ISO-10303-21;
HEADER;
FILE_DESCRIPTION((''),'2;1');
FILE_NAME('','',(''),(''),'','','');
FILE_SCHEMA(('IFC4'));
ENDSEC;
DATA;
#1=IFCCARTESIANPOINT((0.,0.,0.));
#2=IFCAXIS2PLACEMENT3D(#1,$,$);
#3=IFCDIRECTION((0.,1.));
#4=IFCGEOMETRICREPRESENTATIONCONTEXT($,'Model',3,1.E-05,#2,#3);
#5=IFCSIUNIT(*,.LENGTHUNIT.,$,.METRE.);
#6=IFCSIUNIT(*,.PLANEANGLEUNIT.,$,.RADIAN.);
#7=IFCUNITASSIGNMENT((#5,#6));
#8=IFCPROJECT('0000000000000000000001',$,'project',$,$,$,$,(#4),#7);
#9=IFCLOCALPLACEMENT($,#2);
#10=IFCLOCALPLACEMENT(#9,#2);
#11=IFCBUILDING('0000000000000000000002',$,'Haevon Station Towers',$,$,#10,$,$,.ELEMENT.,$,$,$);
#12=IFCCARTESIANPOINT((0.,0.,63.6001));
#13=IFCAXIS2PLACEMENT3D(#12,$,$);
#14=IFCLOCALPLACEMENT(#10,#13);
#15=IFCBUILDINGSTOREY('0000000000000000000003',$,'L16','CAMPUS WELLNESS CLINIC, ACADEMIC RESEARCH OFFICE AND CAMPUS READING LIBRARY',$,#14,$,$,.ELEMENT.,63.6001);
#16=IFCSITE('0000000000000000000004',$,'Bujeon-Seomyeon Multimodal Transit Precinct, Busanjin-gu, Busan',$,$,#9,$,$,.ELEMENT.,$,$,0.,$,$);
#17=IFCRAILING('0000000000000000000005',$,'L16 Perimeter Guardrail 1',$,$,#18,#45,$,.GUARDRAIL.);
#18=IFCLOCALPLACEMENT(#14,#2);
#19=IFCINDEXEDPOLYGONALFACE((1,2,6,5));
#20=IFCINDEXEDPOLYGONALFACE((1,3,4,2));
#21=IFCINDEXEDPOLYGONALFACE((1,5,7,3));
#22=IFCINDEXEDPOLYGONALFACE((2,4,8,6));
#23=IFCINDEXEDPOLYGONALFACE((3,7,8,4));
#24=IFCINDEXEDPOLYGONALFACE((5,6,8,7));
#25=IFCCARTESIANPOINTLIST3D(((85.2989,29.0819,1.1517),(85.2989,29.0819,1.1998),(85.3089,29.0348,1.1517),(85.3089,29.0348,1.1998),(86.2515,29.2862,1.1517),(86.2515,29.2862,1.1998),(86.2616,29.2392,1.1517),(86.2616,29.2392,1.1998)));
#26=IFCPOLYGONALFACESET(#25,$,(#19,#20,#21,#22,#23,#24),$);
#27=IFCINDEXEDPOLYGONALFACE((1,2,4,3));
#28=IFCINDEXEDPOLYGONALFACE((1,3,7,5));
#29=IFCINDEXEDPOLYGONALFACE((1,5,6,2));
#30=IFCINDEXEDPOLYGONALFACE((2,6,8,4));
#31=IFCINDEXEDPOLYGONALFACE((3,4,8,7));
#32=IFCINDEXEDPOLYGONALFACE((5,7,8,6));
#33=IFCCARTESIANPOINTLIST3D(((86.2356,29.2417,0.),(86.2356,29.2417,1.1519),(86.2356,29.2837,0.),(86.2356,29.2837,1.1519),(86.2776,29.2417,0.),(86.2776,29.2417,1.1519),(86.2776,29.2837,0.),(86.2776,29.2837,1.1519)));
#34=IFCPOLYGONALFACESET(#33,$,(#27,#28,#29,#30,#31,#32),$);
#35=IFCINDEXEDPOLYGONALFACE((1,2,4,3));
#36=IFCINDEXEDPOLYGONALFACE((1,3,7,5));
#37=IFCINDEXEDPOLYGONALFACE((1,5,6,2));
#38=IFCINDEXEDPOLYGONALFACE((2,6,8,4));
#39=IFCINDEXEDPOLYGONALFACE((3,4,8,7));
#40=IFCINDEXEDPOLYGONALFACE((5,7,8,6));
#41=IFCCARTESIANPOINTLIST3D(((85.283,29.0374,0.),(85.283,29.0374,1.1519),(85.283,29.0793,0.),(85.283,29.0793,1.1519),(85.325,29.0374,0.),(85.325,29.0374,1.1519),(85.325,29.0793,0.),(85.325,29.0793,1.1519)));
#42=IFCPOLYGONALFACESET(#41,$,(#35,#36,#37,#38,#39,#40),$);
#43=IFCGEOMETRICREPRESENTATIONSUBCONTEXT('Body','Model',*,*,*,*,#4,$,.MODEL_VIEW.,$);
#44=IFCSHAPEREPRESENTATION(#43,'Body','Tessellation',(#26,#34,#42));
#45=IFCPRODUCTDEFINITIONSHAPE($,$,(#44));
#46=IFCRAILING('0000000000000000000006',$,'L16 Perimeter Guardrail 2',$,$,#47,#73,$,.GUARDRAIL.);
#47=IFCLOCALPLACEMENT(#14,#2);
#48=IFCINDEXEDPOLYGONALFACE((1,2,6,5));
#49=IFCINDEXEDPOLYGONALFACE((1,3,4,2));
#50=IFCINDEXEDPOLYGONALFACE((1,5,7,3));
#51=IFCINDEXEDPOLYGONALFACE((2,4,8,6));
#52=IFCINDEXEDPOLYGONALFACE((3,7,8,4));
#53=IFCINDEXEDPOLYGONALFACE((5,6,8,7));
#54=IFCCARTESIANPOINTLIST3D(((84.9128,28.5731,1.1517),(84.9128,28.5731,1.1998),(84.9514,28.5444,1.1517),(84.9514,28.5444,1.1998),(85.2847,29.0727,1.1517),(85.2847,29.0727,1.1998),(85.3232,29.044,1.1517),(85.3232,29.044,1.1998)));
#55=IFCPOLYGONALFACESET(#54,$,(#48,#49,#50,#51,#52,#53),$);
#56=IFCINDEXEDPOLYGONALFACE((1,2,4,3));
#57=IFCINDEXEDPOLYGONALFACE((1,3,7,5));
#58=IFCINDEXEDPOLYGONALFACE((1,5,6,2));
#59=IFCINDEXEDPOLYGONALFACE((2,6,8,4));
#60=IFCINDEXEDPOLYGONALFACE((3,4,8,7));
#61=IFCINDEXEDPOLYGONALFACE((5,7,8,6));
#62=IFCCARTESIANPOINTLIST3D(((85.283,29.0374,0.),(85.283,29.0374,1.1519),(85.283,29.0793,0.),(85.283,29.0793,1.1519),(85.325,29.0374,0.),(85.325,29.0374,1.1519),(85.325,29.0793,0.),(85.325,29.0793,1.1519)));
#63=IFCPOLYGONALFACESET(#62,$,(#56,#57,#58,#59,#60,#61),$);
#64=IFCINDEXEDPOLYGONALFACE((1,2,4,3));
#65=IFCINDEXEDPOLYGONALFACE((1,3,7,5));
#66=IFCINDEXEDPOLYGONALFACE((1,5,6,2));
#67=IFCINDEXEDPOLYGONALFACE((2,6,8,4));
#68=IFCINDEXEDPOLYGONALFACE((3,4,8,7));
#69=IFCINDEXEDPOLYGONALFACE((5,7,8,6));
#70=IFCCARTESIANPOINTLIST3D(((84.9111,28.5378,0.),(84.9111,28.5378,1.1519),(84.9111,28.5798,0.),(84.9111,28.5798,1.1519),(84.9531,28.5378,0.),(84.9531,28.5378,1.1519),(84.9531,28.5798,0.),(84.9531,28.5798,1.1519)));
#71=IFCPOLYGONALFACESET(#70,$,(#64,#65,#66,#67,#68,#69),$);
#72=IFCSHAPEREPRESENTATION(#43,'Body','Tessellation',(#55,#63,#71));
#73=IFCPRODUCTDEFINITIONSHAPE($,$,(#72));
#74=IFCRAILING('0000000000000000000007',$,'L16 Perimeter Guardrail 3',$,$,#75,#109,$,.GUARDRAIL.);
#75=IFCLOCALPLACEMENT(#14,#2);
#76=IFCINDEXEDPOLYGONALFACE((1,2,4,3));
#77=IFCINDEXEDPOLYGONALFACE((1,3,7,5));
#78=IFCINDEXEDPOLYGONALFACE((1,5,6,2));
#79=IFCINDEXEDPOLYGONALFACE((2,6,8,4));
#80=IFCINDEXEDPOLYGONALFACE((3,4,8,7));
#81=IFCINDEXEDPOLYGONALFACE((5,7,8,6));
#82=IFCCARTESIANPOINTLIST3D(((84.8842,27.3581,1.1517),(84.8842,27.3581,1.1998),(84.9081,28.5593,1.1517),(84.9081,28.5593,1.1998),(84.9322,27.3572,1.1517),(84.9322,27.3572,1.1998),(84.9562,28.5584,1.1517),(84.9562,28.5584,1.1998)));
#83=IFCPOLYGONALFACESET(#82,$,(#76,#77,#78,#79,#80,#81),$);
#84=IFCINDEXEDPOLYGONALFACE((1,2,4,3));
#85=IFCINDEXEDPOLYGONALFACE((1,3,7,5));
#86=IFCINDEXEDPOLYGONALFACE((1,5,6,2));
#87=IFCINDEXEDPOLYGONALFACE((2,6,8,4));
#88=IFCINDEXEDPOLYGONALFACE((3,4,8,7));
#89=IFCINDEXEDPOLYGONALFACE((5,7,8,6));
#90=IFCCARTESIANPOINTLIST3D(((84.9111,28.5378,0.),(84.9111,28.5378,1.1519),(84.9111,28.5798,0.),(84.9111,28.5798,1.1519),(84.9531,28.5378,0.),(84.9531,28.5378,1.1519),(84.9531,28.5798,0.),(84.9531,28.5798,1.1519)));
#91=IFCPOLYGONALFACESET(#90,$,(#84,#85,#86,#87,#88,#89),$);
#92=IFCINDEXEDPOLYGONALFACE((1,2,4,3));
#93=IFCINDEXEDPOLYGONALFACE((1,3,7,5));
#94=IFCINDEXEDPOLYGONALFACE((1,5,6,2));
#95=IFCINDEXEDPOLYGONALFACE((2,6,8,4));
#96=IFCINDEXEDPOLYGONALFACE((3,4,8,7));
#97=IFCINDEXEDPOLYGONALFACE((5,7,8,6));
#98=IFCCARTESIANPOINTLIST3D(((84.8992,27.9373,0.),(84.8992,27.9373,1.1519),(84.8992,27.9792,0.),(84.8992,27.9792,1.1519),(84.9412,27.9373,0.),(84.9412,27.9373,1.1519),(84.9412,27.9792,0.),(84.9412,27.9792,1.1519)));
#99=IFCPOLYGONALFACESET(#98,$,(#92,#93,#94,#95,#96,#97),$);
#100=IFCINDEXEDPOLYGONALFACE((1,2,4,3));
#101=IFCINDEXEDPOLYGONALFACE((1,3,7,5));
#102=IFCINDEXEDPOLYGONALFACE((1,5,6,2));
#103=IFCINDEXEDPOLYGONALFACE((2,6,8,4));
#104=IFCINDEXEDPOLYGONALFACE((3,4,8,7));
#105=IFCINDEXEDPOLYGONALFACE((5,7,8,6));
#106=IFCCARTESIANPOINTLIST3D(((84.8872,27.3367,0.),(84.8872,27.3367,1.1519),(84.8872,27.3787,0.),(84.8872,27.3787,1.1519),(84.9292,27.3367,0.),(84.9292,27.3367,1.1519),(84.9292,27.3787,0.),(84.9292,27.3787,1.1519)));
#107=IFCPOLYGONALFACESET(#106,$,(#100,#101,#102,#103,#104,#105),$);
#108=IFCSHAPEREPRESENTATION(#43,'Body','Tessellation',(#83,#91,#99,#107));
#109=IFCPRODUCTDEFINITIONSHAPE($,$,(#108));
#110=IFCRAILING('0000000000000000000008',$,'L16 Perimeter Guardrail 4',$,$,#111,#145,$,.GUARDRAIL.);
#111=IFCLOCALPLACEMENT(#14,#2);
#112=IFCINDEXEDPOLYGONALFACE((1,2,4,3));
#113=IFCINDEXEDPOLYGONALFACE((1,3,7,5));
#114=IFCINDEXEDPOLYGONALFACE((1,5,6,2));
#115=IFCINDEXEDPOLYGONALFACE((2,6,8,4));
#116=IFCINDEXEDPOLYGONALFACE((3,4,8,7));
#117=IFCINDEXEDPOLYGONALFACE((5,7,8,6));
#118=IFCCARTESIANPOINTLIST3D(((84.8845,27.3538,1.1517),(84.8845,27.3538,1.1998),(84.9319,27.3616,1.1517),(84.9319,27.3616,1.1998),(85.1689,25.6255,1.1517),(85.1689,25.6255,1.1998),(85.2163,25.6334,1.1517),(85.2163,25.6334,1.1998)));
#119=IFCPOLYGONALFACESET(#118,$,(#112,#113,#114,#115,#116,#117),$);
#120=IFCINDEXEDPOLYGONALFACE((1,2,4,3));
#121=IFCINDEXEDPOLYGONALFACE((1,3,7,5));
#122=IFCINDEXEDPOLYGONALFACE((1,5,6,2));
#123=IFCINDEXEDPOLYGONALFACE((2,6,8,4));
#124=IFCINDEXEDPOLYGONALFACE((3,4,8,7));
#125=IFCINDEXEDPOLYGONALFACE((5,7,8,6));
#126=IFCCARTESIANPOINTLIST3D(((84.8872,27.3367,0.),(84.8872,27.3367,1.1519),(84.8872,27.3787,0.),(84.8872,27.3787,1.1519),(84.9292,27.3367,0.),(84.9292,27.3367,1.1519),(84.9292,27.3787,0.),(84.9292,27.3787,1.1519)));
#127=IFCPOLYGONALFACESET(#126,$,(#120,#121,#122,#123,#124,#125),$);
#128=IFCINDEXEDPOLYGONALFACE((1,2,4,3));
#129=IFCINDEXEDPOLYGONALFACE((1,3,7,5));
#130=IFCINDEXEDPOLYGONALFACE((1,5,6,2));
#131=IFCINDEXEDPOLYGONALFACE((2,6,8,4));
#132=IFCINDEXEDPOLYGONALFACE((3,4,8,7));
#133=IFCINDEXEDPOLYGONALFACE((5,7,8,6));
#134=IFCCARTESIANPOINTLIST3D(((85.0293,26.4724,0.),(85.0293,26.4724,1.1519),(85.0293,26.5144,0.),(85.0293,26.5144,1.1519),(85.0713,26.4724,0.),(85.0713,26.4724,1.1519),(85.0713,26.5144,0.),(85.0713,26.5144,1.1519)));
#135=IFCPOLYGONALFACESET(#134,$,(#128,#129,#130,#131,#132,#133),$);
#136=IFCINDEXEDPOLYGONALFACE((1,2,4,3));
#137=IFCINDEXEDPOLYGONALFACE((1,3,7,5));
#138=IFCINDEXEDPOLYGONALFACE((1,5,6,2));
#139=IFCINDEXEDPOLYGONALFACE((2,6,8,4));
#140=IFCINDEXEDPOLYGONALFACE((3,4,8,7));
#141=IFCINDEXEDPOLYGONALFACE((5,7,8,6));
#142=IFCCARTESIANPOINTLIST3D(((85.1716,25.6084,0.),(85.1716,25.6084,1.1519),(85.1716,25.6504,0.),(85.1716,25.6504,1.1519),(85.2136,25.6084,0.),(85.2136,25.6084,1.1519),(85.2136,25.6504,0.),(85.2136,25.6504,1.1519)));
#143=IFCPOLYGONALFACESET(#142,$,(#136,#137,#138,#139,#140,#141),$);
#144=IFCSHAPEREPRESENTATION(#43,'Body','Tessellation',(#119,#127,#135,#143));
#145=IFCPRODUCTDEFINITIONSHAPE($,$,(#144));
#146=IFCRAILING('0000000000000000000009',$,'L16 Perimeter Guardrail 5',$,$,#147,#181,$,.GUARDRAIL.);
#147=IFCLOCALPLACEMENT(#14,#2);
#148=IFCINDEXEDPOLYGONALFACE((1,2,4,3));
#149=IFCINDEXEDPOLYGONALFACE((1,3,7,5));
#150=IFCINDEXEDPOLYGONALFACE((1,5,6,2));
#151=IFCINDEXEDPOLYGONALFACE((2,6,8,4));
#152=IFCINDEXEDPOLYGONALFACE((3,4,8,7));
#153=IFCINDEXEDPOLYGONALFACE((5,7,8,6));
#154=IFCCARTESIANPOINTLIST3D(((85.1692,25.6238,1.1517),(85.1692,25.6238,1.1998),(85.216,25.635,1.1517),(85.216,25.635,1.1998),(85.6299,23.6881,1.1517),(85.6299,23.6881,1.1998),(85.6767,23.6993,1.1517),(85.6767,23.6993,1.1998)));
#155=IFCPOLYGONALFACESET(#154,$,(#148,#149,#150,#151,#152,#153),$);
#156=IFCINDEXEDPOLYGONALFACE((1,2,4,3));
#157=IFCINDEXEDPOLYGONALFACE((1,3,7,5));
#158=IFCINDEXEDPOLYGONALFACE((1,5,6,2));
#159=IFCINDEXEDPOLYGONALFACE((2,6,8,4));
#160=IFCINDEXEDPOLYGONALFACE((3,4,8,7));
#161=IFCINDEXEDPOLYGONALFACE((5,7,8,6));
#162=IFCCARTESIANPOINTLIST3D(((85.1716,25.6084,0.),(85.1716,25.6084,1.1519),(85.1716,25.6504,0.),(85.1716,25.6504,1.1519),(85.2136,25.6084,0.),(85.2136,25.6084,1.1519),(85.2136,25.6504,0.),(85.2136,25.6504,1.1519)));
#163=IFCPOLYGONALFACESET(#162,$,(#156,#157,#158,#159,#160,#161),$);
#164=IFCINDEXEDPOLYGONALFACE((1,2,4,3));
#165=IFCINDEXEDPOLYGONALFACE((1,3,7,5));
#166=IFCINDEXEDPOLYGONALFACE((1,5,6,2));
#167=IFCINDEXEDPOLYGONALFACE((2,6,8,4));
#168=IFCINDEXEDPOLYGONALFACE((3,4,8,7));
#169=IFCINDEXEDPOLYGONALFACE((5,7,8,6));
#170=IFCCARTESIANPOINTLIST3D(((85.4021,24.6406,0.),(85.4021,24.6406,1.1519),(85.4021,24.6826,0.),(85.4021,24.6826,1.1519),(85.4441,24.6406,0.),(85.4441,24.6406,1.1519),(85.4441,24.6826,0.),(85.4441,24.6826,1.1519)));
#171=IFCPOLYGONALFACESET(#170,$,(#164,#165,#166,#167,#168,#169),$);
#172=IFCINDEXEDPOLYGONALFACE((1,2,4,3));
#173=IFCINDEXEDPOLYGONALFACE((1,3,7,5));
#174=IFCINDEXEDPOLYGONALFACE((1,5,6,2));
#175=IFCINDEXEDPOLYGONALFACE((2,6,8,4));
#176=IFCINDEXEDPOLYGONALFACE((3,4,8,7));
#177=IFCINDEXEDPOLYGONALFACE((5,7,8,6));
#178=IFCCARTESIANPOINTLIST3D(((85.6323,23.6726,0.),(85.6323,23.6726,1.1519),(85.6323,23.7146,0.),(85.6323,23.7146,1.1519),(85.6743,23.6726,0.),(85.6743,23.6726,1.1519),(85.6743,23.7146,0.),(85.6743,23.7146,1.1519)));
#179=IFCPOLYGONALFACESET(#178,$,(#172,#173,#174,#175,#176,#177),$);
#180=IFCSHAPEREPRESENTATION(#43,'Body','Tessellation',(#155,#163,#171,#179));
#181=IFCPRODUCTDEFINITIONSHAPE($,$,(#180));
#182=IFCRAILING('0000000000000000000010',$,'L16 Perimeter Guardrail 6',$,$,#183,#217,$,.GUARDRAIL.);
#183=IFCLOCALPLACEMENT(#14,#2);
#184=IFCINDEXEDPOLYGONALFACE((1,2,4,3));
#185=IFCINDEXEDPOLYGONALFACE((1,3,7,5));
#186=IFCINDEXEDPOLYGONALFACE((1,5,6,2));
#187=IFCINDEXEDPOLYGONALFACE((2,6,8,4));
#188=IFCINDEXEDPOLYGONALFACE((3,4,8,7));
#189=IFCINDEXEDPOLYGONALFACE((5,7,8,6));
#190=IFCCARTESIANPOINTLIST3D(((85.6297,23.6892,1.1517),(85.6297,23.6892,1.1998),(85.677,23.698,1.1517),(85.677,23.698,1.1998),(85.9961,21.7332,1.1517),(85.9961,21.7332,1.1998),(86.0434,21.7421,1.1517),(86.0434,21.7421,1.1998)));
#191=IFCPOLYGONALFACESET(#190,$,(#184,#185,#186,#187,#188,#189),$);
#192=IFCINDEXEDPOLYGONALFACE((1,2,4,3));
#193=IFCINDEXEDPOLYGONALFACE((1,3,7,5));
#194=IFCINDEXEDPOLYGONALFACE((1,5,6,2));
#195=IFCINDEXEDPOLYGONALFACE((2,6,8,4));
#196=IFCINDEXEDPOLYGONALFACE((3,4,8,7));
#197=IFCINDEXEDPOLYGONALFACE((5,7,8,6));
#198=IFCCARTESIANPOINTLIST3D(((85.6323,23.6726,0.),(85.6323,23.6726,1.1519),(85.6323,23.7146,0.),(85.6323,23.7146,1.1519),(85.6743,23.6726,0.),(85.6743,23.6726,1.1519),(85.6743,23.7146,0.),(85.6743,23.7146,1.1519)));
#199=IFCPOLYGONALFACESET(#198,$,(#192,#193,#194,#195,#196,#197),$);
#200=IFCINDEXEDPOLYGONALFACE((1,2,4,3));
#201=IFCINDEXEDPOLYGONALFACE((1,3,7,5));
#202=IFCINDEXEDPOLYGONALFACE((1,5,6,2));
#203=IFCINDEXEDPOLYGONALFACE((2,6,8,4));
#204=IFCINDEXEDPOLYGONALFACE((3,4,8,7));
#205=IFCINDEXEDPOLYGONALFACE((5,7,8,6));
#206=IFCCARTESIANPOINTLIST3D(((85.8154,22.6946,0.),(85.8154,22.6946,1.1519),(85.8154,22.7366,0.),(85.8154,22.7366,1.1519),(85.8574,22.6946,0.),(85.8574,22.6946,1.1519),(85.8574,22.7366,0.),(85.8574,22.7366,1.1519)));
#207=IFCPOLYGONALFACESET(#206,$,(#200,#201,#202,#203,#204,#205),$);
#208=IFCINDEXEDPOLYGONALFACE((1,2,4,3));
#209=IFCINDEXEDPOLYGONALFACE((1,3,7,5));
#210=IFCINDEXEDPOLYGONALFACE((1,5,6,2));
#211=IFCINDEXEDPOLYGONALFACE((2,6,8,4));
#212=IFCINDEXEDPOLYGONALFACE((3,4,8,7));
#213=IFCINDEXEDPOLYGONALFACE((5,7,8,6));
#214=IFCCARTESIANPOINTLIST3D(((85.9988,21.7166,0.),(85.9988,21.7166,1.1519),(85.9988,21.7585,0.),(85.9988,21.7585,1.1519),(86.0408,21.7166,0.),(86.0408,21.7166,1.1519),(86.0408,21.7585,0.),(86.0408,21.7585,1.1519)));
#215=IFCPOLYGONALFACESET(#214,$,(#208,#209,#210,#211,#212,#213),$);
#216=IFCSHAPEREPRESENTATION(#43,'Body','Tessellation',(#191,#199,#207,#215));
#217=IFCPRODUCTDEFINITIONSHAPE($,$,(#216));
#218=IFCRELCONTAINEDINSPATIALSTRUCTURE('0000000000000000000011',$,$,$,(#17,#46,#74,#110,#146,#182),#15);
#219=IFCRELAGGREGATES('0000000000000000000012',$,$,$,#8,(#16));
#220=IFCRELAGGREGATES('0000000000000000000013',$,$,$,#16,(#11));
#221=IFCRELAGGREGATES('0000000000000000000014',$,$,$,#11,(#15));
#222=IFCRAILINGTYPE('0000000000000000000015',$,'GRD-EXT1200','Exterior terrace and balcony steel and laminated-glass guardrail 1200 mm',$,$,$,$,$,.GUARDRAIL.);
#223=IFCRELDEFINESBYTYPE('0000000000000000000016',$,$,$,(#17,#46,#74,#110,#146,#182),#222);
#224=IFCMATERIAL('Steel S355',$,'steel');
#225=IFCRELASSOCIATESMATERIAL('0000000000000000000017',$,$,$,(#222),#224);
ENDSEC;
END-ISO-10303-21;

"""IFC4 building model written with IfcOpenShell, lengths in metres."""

from ifc_helpers import new_model, si_unit, direction, frame, origin, origin_2d, place, context, subcontext, project, spatial, rectangle, extrude, material, type_object, element, save


model = new_model("IFC4")

# Units and contexts
model_context = context("Model", 3, precision=1e-05, world=origin(), true_north=direction((0.0, 1.0)))
body_context = subcontext(model_context, "Body", "Model", "MODEL_VIEW")
ifc_project = project(units=[si_unit("LENGTHUNIT", "METRE"), si_unit("PLANEANGLEUNIT", "RADIAN")], contexts=[model_context])

# Site, building, storey
site_placement = place(None, origin())
site = spatial("IfcSite", under=ifc_project, at=site_placement, Name="Bujeon-Seomyeon Multimodal Transit Precinct, Busanjin-gu, Busan", CompositionType="ELEMENT", RefElevation=0.0)
building_placement = place(site_placement, origin())
building = spatial("IfcBuilding", under=site, at=building_placement, Name="Haevon Station Towers", CompositionType="ELEMENT")
storey_placement = place(building_placement, frame((0.0, 0.0, 63.6001)))
storey = spatial("IfcBuildingStorey", under=building, at=storey_placement, Name="L16", Description="CAMPUS WELLNESS CLINIC, ACADEMIC RESEARCH OFFICE AND CAMPUS READING LIBRARY", CompositionType="ELEMENT", Elevation=63.6001)

# Shared definitions
ifc_material_1 = material(Name="Steel S355", Category="steel")

# Railings
railing_type = type_object("IfcRailingType", Name="GRD-EXT1200", Description="Exterior terrace and balcony steel and laminated-glass guardrail 1200 mm", PredefinedType="GUARDRAIL", material=ifc_material_1)
railing_1_placement = place(storey_placement, frame((86.2566, 29.2627, 0.0)))
element("IfcRailing", 1, at=railing_1_placement, inside=storey, type_object=railing_type, Name="L16 Perimeter Guardrail 1", PredefinedType="GUARDRAIL", context=body_context, shape_type="SweptSolid", body=[
    extrude(rectangle(XDim=0.0481, YDim=0.0481, at=origin_2d()), frame((0.0, 0.0, 1.1758), z_axis=(-0.977758, -0.209734, 0.0), x_axis=(0.209734, -0.977758, 0.0)), (0.0, 0.0, 1.0), 0.9744),
    extrude(rectangle(XDim=0.042, YDim=0.042, at=origin_2d()), origin(), (0.0, 0.0, 1.0), 1.1519),
    extrude(rectangle(XDim=0.042, YDim=0.042, at=origin_2d()), frame((-0.9526, -0.2043, 0.0)), (0.0, 0.0, 1.0), 1.1519),
])
railing_2_placement = place(storey_placement, frame((85.304, 29.0583, 0.0)))
element("IfcRailing", 2, at=railing_2_placement, inside=storey, type_object=railing_type, Name="L16 Perimeter Guardrail 2", PredefinedType="GUARDRAIL", context=body_context, shape_type="SweptSolid", body=[
    extrude(rectangle(XDim=0.0481, YDim=0.0481, at=origin_2d()), frame((0.0, 0.0, 1.1758), z_axis=(-0.597111, -0.802159, 0.0), x_axis=(0.802159, -0.597111, 0.0)), (0.0, 0.0, 1.0), 0.6228),
    extrude(rectangle(XDim=0.042, YDim=0.042, at=origin_2d()), origin(), (0.0, 0.0, 1.0), 1.1519),
    extrude(rectangle(XDim=0.042, YDim=0.042, at=origin_2d()), frame((-0.3718, -0.4995, 0.0)), (0.0, 0.0, 1.0), 1.1519),
])
railing_3_placement = place(storey_placement, frame((84.9321, 28.5588, 0.0)))
element("IfcRailing", 3, at=railing_3_placement, inside=storey, type_object=railing_type, Name="L16 Perimeter Guardrail 3", PredefinedType="GUARDRAIL", context=body_context, shape_type="SweptSolid", body=[
    extrude(rectangle(XDim=0.0481, YDim=0.0481, at=origin_2d()), frame((0.0, 0.0, 1.1758), z_axis=(-0.019915, -0.999802, 0.0), x_axis=(0.999802, -0.019915, 0.0)), (0.0, 0.0, 1.0), 1.2014),
    extrude(rectangle(XDim=0.042, YDim=0.042, at=origin_2d()), origin(), (0.0, 0.0, 1.0), 1.1519),
    extrude(rectangle(XDim=0.042, YDim=0.042, at=origin_2d()), frame((-0.012, -0.6006, 0.0)), (0.0, 0.0, 1.0), 1.1519),
    extrude(rectangle(XDim=0.042, YDim=0.042, at=origin_2d()), frame((-0.0239, -1.2012, 0.0)), (0.0, 0.0, 1.0), 1.1519),
])
railing_4_placement = place(storey_placement, frame((84.9082, 27.3577, 0.0)))
element("IfcRailing", 4, at=railing_4_placement, inside=storey, type_object=railing_type, Name="L16 Perimeter Guardrail 4", PredefinedType="GUARDRAIL", context=body_context, shape_type="SweptSolid", body=[
    extrude(rectangle(XDim=0.0481, YDim=0.0481, at=origin_2d()), frame((0.0, 0.0, 1.1758), z_axis=(0.162387, -0.986727, 0.0), x_axis=(0.986727, 0.162387, 0.0)), (0.0, 0.0, 1.0), 1.7515),
    extrude(rectangle(XDim=0.042, YDim=0.042, at=origin_2d()), origin(), (0.0, 0.0, 1.0), 1.1519),
    extrude(rectangle(XDim=0.042, YDim=0.042, at=origin_2d()), frame((0.1421, -0.8643, 0.0)), (0.0, 0.0, 1.0), 1.1519),
    extrude(rectangle(XDim=0.042, YDim=0.042, at=origin_2d()), frame((0.2844, -1.7283, 0.0)), (0.0, 0.0, 1.0), 1.1519),
])
railing_5_placement = place(storey_placement, frame((85.1926, 25.6294, 0.0)))
element("IfcRailing", 5, at=railing_5_placement, inside=storey, type_object=railing_type, Name="L16 Perimeter Guardrail 5", PredefinedType="GUARDRAIL", context=body_context, shape_type="SweptSolid", body=[
    extrude(rectangle(XDim=0.0481, YDim=0.0481, at=origin_2d()), frame((0.0, 0.0, 1.1758), z_axis=(0.231521, -0.97283, 0.0), x_axis=(0.97283, 0.231521, 0.0)), (0.0, 0.0, 1.0), 1.9897),
    extrude(rectangle(XDim=0.042, YDim=0.042, at=origin_2d()), origin(), (0.0, 0.0, 1.0), 1.1519),
    extrude(rectangle(XDim=0.042, YDim=0.042, at=origin_2d()), frame((0.2305, -0.9678, 0.0)), (0.0, 0.0, 1.0), 1.1519),
    extrude(rectangle(XDim=0.042, YDim=0.042, at=origin_2d()), frame((0.4607, -1.9358, 0.0)), (0.0, 0.0, 1.0), 1.1519),
])
railing_6_placement = place(storey_placement, frame((85.6533, 23.6936, 0.0)))
element("IfcRailing", 6, at=railing_6_placement, inside=storey, type_object=railing_type, Name="L16 Perimeter Guardrail 6", PredefinedType="GUARDRAIL", context=body_context, shape_type="SweptSolid", body=[
    extrude(rectangle(XDim=0.0481, YDim=0.0481, at=origin_2d()), frame((0.0, 0.0, 1.1758), z_axis=(0.18414, -0.9829, 0.0), x_axis=(0.9829, 0.18414, 0.0)), (0.0, 0.0, 1.0), 1.99),
    extrude(rectangle(XDim=0.042, YDim=0.042, at=origin_2d()), origin(), (0.0, 0.0, 1.0), 1.1519),
    extrude(rectangle(XDim=0.042, YDim=0.042, at=origin_2d()), frame((0.1831, -0.978, 0.0)), (0.0, 0.0, 1.0), 1.1519),
    extrude(rectangle(XDim=0.042, YDim=0.042, at=origin_2d()), frame((0.3665, -1.9561, 0.0)), (0.0, 0.0, 1.0), 1.1519),
])

save(model, "model.ifc")
